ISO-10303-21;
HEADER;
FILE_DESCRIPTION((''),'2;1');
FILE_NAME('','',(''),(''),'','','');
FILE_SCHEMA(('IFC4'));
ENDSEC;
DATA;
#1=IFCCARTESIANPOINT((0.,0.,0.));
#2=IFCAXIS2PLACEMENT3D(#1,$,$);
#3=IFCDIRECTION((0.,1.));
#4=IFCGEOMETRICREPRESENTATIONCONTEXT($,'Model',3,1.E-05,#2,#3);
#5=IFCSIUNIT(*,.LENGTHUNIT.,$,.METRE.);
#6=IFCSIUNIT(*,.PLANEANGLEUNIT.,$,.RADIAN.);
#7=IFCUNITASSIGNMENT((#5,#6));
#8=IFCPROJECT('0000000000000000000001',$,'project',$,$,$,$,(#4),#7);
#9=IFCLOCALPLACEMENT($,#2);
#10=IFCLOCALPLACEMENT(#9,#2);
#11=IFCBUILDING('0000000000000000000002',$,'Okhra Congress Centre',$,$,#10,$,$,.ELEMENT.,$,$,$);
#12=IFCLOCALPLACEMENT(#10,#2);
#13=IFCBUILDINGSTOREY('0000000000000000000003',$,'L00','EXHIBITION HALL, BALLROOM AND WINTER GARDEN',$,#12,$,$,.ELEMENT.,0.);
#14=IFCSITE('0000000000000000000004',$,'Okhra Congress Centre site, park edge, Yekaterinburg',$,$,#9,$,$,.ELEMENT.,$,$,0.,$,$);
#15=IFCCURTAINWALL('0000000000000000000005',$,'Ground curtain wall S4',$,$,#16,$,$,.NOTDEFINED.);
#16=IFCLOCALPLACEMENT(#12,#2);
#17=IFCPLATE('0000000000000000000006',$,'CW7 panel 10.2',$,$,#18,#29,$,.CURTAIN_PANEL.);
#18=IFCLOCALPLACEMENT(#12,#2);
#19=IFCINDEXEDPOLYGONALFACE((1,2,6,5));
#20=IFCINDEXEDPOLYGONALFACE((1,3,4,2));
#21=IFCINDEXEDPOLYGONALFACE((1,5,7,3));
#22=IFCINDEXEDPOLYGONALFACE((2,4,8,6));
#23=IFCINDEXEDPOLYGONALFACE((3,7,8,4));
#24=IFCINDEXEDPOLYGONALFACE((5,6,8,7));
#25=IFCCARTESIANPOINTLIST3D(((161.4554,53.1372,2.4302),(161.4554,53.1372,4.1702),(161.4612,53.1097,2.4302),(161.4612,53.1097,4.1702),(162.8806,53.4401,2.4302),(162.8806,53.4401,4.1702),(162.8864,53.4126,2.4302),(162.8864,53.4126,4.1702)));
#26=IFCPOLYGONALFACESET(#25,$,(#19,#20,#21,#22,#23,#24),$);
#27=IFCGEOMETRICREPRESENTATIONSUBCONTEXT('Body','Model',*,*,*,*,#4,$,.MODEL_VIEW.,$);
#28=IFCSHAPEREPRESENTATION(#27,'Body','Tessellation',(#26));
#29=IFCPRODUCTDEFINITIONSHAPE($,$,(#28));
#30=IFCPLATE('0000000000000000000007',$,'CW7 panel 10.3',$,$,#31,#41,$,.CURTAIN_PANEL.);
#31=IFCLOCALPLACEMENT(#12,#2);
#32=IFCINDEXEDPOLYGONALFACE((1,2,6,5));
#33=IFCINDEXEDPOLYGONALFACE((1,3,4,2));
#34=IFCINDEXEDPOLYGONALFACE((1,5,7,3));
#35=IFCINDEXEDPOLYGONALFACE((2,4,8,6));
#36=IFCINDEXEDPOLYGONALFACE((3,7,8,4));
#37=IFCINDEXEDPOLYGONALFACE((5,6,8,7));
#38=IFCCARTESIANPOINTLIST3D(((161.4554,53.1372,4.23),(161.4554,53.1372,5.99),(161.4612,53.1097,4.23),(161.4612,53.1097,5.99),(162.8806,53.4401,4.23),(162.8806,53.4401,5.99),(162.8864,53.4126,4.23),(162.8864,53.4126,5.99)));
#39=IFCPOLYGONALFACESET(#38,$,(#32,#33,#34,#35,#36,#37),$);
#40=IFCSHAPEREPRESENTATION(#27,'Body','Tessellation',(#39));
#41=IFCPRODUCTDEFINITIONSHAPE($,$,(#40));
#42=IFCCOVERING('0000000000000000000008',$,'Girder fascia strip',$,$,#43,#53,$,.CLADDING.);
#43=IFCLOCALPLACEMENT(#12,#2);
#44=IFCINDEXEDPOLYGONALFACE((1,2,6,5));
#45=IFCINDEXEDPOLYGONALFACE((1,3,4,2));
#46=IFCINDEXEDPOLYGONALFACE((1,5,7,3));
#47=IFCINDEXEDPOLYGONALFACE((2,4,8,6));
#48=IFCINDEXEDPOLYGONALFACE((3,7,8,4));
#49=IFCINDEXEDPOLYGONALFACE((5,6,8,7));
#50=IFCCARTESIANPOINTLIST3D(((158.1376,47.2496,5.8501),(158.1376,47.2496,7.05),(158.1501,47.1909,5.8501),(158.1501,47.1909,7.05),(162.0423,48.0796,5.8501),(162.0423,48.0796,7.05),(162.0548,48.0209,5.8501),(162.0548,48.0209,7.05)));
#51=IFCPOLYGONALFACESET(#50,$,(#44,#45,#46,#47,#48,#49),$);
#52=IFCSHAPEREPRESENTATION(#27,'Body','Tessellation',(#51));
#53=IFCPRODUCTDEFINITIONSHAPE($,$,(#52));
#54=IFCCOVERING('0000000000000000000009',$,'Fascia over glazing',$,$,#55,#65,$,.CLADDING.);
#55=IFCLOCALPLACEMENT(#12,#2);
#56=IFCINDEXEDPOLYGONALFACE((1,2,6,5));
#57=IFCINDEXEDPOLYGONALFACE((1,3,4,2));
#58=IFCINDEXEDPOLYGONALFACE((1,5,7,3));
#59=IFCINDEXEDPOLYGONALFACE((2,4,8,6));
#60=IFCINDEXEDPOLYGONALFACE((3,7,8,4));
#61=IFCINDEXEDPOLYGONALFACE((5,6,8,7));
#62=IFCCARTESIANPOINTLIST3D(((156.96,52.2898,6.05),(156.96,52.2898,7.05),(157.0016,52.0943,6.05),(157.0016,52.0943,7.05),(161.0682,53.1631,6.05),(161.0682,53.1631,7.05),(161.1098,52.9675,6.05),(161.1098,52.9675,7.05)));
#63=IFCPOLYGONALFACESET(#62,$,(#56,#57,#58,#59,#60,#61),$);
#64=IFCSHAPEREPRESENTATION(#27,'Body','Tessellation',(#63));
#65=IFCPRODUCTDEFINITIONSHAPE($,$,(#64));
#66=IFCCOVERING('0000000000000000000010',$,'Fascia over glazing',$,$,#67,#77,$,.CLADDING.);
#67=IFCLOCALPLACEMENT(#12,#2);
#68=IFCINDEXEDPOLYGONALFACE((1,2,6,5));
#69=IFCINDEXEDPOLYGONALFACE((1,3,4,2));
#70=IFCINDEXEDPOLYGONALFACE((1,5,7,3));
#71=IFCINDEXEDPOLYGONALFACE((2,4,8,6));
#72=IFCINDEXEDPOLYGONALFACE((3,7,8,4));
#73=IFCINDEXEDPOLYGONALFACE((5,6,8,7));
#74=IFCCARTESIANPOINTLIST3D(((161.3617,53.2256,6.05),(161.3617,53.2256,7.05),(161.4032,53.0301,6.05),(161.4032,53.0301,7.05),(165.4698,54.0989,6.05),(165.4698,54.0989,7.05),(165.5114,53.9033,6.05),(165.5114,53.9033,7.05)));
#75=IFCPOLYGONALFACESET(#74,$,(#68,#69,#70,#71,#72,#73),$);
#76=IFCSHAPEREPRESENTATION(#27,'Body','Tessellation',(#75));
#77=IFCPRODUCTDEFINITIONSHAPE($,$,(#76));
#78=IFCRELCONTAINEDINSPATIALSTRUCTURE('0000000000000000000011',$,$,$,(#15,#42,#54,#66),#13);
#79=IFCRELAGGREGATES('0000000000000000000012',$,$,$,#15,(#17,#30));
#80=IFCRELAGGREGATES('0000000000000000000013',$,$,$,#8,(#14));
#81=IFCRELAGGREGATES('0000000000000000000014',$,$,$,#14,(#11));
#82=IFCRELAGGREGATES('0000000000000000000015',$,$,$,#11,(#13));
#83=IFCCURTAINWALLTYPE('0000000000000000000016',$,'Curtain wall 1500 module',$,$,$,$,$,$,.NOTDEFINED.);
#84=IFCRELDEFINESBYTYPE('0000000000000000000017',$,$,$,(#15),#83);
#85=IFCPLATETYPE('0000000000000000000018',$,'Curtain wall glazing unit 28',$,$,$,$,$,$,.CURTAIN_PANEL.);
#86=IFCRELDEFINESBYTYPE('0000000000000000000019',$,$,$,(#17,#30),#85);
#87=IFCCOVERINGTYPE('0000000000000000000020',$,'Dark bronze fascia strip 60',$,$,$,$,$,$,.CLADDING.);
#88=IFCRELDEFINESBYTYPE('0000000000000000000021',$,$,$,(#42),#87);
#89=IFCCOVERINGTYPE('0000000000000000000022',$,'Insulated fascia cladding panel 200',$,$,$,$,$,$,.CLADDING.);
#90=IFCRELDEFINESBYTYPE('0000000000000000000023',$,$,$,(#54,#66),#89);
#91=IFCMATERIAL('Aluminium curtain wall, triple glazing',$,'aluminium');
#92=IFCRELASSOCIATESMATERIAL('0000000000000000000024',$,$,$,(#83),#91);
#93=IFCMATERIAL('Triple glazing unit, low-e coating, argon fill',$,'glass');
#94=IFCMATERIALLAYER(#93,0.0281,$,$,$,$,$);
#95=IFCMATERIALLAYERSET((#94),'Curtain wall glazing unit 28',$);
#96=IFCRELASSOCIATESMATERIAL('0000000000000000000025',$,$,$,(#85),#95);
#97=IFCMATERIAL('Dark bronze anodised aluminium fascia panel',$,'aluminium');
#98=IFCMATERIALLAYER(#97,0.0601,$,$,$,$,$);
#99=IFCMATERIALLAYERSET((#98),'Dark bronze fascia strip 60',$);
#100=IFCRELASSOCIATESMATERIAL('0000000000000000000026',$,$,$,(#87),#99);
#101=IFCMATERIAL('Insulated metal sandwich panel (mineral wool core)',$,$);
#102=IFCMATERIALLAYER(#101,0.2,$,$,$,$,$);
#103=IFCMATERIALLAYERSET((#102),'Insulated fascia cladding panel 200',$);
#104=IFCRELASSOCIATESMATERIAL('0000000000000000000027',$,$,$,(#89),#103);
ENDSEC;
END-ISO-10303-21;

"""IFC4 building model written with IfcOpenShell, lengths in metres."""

from ifc_helpers import new_model, si_unit, direction, frame, origin, origin_2d, place, context, subcontext, project, spatial, rectangle, extrude, material, layer, layer_set, type_object, element, aggregate, save


model = new_model("IFC4")

# Units and contexts
model_context = context("Model", 3, precision=1e-05, world=origin(), true_north=direction((0.0, 1.0)))
body_context = subcontext(model_context, "Body", "Model", "MODEL_VIEW")
ifc_project = project(units=[si_unit("LENGTHUNIT", "METRE"), si_unit("PLANEANGLEUNIT", "RADIAN")], contexts=[model_context])

# Site, building, storey
site_placement = place(None, origin())
site = spatial("IfcSite", under=ifc_project, at=site_placement, Name="Okhra Congress Centre site, park edge, Yekaterinburg", CompositionType="ELEMENT", RefElevation=0.0)
building_placement = place(site_placement, origin())
building = spatial("IfcBuilding", under=site, at=building_placement, Name="Okhra Congress Centre", CompositionType="ELEMENT")
storey_placement = place(building_placement, origin())
storey = spatial("IfcBuildingStorey", under=building, at=storey_placement, Name="L00", Description="EXHIBITION HALL, BALLROOM AND WINTER GARDEN", CompositionType="ELEMENT", Elevation=0.0)

# Curtain wall
ifc_material_1 = material(Name="Aluminium curtain wall, triple glazing", Category="aluminium")
curtain_wall_type_1 = type_object("IfcCurtainWallType", Name="Curtain wall 1500 module", PredefinedType="NOTDEFINED", material=ifc_material_1)
curtain_wall_1_placement = place(storey_placement, origin())
curtain_wall_1 = element("IfcCurtainWall", 1, at=curtain_wall_1_placement, inside=storey, type_object=curtain_wall_type_1, Name="Ground curtain wall S4", PredefinedType="NOTDEFINED")

# Plates
ifc_material_2 = material(Name="Triple glazing unit, low-e coating, argon fill", Category="glass")
ifc_layer_1 = layer(ifc_material_2, 0.0281)
ifc_layer_set_1 = layer_set([ifc_layer_1], Name="Curtain wall glazing unit 28")
plate_type = type_object("IfcPlateType", Name="Curtain wall glazing unit 28", PredefinedType="CURTAIN_PANEL", material=ifc_layer_set_1)
plate_1_placement = place(storey_placement, frame((162.1709, 53.2749, 2.4302), z_axis=(0.0, 0.0, 1.0), x_axis=(0.978148, 0.207912, 0.0)))
plate_1 = element("IfcPlate", 2, at=plate_1_placement, type_object=plate_type, Name="CW7 panel 10.2", PredefinedType="CURTAIN_PANEL", context=body_context, shape_type="SweptSolid", body=[
    extrude(rectangle(XDim=1.457, YDim=0.0281, at=origin_2d()), origin(), (0.0, 0.0, 1.0), 1.74),
])
plate_2_placement = place(storey_placement, frame((162.1709, 53.2749, 4.23), z_axis=(0.0, 0.0, 1.0), x_axis=(0.978148, 0.207912, 0.0)))
plate_2 = element("IfcPlate", 3, at=plate_2_placement, type_object=plate_type, Name="CW7 panel 10.3", PredefinedType="CURTAIN_PANEL", context=body_context, shape_type="SweptSolid", body=[
    extrude(rectangle(XDim=1.457, YDim=0.0281, at=origin_2d()), origin(), (0.0, 0.0, 1.0), 1.76),
])
aggregate(curtain_wall_1, [plate_1, plate_2])

# Coverings
ifc_material_3 = material(Name="Dark bronze anodised aluminium fascia panel", Category="aluminium")
ifc_layer_2 = layer(ifc_material_3, 0.0601)
ifc_layer_set_2 = layer_set([ifc_layer_2], Name="Dark bronze fascia strip 60")
covering_type_1 = type_object("IfcCoveringType", Name="Dark bronze fascia strip 60", PredefinedType="CLADDING", material=ifc_layer_set_2)
covering_placement = place(storey_placement, frame((160.0962, 47.6353, 5.8501), z_axis=(0.0, 0.0, 1.0), x_axis=(0.978148, 0.207912, 0.0)))
element("IfcCovering", 4, at=covering_placement, inside=storey, type_object=covering_type_1, Name="Girder fascia strip", PredefinedType="CLADDING", context=body_context, shape_type="SweptSolid", body=[
    extrude(rectangle(XDim=3.9919, YDim=0.0601, at=origin_2d()), origin(), (0.0, 0.0, 1.0), 1.2),
])
ifc_material_4 = material(Name="Insulated metal sandwich panel (mineral wool core)")
ifc_layer_3 = layer(ifc_material_4, 0.2)
ifc_layer_set_3 = layer_set([ifc_layer_3], Name="Insulated fascia cladding panel 200")
covering_type_2 = type_object("IfcCoveringType", Name="Insulated fascia cladding panel 200", PredefinedType="CLADDING", material=ifc_layer_set_3)
for number, where, z_axis, x_axis, name in (
    (5, (159.0349, 52.6287, 6.05), (0.0, 0.0, 1.0), (0.978148, 0.207912, 0.0), "Fascia over glazing"),
    (6, (163.4365, 53.5645, 6.05), (0.0, 0.0, 1.0), (0.978148, 0.207912, 0.0), "Fascia over glazing"),
):
    element("IfcCovering", number, at=place(storey_placement, frame(where, z_axis=z_axis, x_axis=x_axis)), inside=storey, type_object=covering_type_2, Name=name, PredefinedType="CLADDING", context=body_context, shape_type="SweptSolid", body=[
        extrude(rectangle(XDim=4.2, YDim=0.2, at=origin_2d()), origin(), (0.0, 0.0, 1.0), 1.0),
    ])

save(model, "model.ifc")
